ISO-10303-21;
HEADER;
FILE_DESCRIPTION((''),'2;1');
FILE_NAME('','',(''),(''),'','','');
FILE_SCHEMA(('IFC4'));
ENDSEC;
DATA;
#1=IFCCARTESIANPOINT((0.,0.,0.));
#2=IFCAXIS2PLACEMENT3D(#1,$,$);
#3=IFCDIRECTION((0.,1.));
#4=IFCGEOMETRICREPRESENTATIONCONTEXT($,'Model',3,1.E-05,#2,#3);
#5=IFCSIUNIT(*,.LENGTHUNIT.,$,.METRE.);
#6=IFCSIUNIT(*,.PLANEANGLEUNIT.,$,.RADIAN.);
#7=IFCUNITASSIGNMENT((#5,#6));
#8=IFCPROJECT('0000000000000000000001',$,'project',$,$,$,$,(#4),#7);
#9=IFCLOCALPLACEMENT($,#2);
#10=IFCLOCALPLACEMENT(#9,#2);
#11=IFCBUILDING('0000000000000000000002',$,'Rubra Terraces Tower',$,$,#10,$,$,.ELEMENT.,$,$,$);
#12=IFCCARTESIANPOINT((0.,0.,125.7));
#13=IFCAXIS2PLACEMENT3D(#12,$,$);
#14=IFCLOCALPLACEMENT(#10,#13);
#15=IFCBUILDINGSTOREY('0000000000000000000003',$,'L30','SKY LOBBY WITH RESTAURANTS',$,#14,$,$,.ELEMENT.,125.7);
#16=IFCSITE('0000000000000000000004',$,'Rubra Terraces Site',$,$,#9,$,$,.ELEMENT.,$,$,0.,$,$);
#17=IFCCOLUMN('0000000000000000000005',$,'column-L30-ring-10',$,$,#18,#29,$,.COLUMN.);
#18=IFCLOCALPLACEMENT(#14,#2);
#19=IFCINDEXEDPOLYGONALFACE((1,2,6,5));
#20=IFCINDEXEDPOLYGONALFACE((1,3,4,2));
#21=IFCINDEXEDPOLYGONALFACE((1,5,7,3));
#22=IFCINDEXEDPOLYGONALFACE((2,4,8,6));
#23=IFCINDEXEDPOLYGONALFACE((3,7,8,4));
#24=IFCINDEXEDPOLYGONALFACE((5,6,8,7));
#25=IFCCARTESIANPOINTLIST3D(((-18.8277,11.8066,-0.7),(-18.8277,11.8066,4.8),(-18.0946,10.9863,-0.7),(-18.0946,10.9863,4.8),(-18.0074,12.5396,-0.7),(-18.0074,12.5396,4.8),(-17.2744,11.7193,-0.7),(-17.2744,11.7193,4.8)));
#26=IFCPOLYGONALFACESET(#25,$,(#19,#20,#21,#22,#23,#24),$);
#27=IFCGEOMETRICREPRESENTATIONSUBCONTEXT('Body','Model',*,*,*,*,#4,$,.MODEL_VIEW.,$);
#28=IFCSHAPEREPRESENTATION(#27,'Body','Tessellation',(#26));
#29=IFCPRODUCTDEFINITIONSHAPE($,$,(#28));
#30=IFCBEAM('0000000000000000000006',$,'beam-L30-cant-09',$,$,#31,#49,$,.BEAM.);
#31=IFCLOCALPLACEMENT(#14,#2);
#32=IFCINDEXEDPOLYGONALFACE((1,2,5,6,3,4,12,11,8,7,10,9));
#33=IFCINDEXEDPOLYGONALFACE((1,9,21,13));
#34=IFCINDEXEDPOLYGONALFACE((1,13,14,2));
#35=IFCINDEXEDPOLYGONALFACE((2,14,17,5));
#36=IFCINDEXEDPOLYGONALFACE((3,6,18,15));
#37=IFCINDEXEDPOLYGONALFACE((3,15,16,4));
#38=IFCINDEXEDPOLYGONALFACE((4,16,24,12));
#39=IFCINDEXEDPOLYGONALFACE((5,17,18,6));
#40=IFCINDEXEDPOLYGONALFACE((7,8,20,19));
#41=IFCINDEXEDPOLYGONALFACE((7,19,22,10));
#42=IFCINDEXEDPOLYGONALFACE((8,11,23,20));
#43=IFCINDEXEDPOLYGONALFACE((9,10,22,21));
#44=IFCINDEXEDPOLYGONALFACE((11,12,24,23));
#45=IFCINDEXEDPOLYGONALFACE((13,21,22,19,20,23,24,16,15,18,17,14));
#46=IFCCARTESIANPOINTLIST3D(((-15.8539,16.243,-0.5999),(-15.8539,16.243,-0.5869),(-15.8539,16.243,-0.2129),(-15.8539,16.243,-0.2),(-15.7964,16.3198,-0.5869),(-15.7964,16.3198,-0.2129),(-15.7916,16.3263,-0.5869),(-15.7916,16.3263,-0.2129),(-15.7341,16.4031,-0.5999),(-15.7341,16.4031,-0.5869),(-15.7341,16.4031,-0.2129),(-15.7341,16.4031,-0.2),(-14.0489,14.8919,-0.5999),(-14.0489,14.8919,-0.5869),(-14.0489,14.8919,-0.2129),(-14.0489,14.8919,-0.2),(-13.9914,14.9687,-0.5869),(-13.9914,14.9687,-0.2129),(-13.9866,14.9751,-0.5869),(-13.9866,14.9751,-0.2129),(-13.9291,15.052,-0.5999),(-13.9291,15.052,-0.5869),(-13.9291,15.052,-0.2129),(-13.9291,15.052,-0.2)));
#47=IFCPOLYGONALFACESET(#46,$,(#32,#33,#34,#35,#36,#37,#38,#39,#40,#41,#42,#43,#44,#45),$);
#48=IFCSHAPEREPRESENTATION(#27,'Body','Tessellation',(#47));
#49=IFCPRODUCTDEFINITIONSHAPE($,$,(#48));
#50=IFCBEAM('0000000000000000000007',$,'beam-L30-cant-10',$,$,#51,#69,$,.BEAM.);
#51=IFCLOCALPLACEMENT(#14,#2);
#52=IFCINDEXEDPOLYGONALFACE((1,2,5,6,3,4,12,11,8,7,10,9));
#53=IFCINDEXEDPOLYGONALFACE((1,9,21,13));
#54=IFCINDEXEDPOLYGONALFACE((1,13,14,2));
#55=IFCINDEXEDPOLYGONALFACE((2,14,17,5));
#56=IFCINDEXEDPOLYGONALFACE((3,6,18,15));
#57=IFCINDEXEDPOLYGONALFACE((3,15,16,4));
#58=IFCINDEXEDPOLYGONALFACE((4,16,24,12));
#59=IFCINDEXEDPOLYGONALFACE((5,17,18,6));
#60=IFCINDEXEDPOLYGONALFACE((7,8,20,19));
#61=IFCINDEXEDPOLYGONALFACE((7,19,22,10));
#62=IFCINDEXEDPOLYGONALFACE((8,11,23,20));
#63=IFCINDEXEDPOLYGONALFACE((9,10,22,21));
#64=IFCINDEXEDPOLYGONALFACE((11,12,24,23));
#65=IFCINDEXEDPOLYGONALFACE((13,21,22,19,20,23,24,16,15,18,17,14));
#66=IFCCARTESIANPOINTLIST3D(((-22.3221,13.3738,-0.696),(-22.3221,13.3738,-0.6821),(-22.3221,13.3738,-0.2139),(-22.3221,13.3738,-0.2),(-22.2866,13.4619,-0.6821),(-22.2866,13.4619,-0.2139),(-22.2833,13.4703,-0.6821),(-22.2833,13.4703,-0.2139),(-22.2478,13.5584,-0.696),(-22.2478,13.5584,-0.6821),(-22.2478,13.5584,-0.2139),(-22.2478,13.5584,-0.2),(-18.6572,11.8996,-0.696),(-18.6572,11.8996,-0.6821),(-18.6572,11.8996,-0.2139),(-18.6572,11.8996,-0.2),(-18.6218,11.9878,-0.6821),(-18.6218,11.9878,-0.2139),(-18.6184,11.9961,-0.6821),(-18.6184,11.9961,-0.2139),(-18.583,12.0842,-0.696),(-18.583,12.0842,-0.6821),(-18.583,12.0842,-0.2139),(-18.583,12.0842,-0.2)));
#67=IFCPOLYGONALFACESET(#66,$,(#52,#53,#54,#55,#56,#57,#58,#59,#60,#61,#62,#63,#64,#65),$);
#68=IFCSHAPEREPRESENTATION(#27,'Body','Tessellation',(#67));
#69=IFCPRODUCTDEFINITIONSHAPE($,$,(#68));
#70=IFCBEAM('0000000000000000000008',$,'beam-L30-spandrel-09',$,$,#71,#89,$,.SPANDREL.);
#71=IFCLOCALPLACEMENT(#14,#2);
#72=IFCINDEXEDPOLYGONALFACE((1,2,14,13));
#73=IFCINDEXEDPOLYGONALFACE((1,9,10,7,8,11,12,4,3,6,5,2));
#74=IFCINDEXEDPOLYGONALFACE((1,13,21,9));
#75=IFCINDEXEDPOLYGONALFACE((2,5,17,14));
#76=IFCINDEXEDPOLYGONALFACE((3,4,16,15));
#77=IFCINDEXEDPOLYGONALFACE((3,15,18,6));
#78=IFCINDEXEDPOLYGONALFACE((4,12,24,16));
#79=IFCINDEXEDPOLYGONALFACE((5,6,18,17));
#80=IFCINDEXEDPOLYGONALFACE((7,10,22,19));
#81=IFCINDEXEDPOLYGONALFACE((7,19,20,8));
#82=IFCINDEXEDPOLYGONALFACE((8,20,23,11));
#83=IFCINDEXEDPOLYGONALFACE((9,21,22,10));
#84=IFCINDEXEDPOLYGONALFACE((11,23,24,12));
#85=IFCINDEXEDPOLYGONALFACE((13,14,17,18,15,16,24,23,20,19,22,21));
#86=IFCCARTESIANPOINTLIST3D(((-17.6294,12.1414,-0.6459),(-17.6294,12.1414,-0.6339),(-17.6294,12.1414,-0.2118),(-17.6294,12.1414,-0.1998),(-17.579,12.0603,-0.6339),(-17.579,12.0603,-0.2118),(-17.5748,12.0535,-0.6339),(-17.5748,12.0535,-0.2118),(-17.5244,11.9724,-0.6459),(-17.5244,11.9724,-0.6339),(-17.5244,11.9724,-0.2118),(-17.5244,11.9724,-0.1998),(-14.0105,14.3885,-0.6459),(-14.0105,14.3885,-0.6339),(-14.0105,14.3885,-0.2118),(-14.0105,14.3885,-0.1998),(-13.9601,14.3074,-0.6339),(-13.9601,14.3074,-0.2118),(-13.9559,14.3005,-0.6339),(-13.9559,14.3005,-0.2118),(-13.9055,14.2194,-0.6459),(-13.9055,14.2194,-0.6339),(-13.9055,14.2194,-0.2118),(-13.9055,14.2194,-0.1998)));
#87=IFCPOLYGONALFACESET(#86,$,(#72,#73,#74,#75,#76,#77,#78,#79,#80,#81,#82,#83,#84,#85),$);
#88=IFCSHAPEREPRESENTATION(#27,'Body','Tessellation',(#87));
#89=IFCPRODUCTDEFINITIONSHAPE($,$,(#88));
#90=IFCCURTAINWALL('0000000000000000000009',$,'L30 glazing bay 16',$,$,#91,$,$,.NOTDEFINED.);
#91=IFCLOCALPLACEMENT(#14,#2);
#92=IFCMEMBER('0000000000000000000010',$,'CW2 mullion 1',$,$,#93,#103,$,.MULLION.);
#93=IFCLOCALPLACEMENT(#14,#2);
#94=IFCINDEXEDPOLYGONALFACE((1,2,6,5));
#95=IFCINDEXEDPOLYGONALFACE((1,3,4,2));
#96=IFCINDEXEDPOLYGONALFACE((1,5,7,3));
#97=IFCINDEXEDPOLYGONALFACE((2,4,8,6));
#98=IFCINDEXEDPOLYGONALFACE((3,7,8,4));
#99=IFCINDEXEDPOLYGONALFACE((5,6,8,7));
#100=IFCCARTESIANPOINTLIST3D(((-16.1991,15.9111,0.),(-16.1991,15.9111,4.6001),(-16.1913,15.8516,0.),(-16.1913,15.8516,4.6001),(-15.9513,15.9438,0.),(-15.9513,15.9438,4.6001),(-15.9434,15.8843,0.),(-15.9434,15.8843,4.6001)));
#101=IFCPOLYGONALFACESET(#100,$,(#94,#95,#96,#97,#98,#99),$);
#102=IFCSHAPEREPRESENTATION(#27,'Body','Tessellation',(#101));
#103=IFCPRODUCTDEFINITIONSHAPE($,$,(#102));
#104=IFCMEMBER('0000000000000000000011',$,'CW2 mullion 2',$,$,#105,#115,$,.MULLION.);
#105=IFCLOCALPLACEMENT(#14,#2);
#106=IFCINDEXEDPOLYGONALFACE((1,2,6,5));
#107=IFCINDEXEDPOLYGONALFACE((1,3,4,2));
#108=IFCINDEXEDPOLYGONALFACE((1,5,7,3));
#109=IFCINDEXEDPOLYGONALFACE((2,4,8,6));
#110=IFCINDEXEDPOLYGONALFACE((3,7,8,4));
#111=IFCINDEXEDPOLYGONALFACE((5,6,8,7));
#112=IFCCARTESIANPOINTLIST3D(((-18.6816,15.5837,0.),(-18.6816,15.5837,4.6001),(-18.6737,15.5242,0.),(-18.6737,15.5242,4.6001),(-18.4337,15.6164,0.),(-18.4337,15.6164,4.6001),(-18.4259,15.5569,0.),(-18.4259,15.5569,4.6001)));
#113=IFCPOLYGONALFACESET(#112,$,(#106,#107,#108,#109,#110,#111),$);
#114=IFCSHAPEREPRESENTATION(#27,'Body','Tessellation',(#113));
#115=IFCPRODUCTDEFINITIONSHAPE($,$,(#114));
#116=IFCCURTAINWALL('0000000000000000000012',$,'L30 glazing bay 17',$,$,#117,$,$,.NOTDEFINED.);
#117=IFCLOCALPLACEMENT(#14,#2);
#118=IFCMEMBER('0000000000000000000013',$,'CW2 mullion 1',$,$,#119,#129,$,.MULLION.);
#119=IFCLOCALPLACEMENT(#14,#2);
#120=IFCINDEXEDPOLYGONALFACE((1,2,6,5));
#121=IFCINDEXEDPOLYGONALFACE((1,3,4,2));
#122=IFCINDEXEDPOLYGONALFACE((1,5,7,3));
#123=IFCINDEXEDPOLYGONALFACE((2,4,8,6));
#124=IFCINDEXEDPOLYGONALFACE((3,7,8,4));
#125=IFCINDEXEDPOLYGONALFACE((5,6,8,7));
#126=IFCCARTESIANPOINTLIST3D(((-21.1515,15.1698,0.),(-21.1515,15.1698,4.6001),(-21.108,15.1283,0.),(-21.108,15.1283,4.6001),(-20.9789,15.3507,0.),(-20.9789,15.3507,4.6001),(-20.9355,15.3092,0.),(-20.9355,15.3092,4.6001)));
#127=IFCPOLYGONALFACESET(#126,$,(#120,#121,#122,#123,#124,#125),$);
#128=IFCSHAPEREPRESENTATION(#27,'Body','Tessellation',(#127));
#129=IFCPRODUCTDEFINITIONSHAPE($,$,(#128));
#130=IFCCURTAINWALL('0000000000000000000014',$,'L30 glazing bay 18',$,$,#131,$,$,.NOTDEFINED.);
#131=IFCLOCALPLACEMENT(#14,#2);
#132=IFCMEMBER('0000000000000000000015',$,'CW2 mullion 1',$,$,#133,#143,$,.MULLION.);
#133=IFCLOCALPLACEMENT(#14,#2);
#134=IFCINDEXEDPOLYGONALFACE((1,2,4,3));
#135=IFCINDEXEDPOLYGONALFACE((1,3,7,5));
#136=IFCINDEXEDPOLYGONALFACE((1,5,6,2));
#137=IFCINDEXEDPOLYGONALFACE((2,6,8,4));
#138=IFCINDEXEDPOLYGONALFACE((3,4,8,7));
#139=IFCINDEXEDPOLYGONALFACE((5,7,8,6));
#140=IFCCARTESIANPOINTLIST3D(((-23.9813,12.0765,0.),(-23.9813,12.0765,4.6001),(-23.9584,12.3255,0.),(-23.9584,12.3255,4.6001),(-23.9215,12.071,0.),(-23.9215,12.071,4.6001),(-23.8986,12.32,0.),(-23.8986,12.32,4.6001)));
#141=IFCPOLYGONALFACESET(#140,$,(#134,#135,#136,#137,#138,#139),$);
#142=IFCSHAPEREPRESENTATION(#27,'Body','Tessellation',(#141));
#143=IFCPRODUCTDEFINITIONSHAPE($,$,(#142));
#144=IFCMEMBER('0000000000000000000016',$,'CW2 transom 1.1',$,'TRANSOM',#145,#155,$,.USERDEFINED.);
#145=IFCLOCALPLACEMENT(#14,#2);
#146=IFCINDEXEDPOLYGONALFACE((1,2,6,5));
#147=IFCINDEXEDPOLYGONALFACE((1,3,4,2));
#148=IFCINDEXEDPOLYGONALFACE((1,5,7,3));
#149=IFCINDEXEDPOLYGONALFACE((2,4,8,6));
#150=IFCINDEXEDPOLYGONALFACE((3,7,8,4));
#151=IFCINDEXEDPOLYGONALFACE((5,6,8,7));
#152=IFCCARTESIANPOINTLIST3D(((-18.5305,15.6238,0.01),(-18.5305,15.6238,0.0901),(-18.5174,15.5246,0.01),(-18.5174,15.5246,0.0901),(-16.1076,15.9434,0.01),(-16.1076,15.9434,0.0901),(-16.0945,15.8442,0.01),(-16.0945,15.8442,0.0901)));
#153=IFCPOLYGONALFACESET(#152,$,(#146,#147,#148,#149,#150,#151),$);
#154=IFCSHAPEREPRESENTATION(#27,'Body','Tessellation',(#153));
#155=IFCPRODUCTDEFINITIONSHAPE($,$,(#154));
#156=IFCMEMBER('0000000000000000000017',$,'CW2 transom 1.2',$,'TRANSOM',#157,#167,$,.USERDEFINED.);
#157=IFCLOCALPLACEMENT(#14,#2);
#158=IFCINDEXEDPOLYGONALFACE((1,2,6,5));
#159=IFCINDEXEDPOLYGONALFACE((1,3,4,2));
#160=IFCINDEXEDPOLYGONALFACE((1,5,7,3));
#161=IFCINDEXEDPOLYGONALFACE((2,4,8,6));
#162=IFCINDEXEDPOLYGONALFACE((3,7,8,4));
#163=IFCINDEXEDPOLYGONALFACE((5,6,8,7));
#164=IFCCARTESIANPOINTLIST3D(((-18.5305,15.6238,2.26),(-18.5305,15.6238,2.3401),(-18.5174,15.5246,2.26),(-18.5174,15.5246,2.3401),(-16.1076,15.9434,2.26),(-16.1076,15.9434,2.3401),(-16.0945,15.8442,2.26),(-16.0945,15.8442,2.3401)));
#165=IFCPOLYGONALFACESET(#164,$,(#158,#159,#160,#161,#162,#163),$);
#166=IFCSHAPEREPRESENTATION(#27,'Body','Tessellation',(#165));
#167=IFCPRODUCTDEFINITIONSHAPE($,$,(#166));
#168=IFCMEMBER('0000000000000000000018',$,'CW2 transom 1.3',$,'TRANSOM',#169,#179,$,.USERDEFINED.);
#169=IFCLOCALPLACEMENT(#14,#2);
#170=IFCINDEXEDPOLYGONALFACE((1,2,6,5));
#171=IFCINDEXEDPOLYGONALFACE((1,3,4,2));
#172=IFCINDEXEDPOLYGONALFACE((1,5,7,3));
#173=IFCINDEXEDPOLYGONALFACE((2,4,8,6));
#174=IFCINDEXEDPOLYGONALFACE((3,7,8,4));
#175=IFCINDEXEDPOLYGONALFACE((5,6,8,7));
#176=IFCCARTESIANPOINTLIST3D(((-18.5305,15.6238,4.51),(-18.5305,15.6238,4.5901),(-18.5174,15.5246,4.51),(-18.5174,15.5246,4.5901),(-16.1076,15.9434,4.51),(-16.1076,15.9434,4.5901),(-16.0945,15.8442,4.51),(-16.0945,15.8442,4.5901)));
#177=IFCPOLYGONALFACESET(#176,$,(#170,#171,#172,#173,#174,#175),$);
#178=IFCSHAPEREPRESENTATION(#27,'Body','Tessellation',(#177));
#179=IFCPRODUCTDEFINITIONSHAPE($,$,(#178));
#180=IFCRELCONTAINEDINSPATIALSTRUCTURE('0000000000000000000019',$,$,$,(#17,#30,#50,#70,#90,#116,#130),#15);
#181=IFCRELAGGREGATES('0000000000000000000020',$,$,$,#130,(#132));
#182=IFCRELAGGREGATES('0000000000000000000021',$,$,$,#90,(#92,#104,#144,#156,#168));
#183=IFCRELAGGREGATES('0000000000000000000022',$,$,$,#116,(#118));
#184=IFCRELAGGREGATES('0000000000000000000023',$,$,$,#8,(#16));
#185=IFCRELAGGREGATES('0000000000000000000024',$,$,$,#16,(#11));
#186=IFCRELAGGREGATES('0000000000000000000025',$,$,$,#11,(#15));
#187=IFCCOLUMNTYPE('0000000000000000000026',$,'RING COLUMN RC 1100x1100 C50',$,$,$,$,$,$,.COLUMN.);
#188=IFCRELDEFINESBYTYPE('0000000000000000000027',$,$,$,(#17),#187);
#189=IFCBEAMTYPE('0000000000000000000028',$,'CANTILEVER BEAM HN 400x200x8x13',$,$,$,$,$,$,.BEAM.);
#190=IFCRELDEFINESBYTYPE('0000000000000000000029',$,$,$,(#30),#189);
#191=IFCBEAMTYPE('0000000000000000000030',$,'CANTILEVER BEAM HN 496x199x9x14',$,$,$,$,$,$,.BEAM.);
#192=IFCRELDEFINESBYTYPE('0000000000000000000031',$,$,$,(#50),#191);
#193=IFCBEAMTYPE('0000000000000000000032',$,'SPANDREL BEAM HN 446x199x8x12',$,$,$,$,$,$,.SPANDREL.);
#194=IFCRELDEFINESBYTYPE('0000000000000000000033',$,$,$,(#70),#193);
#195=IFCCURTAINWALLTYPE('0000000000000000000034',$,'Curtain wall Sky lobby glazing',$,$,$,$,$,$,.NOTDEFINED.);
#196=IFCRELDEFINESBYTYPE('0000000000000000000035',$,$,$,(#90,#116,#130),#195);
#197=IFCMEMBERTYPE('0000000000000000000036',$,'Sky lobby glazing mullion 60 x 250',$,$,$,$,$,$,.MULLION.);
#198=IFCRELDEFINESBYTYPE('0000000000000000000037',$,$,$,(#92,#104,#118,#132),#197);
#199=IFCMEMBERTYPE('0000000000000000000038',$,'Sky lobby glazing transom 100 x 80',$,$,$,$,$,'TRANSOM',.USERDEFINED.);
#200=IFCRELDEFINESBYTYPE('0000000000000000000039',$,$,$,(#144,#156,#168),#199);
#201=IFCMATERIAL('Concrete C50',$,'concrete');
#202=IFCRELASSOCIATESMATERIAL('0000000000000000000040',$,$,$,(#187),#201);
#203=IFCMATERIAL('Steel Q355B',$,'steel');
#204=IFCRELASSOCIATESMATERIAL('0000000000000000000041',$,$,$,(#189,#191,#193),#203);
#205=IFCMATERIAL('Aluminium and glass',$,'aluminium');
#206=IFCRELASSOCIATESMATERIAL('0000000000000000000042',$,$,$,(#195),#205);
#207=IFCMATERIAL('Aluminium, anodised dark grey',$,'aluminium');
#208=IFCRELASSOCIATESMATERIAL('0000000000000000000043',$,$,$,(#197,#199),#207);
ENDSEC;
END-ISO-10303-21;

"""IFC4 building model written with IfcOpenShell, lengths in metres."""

from ifc_helpers import new_model, si_unit, direction, frame, origin, origin_2d, place, context, subcontext, project, spatial, rectangle, i_section, extrude, material, material_profile, profile_set, type_object, element, aggregate, save


model = new_model("IFC4")

# Units and contexts
model_context = context("Model", 3, precision=1e-05, world=origin(), true_north=direction((0.0, 1.0)))
body_context = subcontext(model_context, "Body", "Model", "MODEL_VIEW")
ifc_project = project(units=[si_unit("LENGTHUNIT", "METRE"), si_unit("PLANEANGLEUNIT", "RADIAN")], contexts=[model_context])

# Site, building, storey
site_placement = place(None, origin())
site = spatial("IfcSite", under=ifc_project, at=site_placement, Name="Rubra Terraces Site", CompositionType="ELEMENT", RefElevation=0.0)
building_placement = place(site_placement, origin())
building = spatial("IfcBuilding", under=site, at=building_placement, Name="Rubra Terraces Tower", CompositionType="ELEMENT")
storey_placement = place(building_placement, frame((0.0, 0.0, 125.7)))
storey = spatial("IfcBuildingStorey", under=building, at=storey_placement, Name="L30", Description="SKY LOBBY WITH RESTAURANTS", CompositionType="ELEMENT", Elevation=125.7)

# Column
ifc_material_1 = material(Name="Concrete C50", Category="concrete")
ifc_material_profile_1 = material_profile(ifc_material_1, rectangle(XDim=1.1001, YDim=1.1001, at=origin_2d()), Name="RC 1100x1100")
ifc_profile_set_1 = profile_set([ifc_material_profile_1], Name="Concrete C50")
column_type = type_object("IfcColumnType", Name="RING COLUMN RC 1100x1100 C50", PredefinedType="COLUMN", material=ifc_profile_set_1)
column_placement = place(storey_placement, frame((-18.051, 11.7629, -0.7), z_axis=(0.0, 0.0, 1.0), x_axis=(-0.745642, -0.666347, 0.0)))
element("IfcColumn", 1, at=column_placement, inside=storey, type_object=column_type, Name="column-L30-ring-10", PredefinedType="COLUMN", context=body_context, shape_type="SweptSolid", body=[
    extrude(rectangle(XDim=1.1001, YDim=1.1001, at=origin_2d()), origin(), (0.0, 0.0, 1.0), 5.5),
])

# Beams
ifc_material_2 = material(Name="Steel Q355B", Category="steel")
ifc_material_profile_2 = material_profile(ifc_material_2, i_section(OverallWidth=0.2, OverallDepth=0.3999, WebThickness=0.0081, FlangeThickness=0.0129, at=origin_2d()), Name="HN 400x200x8x13")
ifc_profile_set_2 = profile_set([ifc_material_profile_2], Name="Steel Q355B")
beam_type_1 = type_object("IfcBeamType", Name="CANTILEVER BEAM HN 400x200x8x13", PredefinedType="BEAM", material=ifc_profile_set_2)
beam_1_placement = place(storey_placement, frame((-13.989, 14.9719, -0.3999), z_axis=(-0.800558, 0.599255, 0.0), x_axis=(-0.599255, -0.800558, 0.0)))
element("IfcBeam", 2, at=beam_1_placement, inside=storey, type_object=beam_type_1, Name="beam-L30-cant-09", PredefinedType="BEAM", context=body_context, shape_type="SweptSolid", body=[
    extrude(i_section(OverallWidth=0.2, OverallDepth=0.3999, WebThickness=0.0081, FlangeThickness=0.0129, at=origin_2d()), origin(), (0.0, 0.0, 1.0), 2.2546),
])
ifc_material_profile_3 = material_profile(ifc_material_2, i_section(OverallWidth=0.199, OverallDepth=0.4961, WebThickness=0.009, FlangeThickness=0.0139, at=origin_2d()), Name="HN 496x199x9x14")
ifc_profile_set_3 = profile_set([ifc_material_profile_3], Name="Steel Q355B")
beam_type_2 = type_object("IfcBeamType", Name="CANTILEVER BEAM HN 496x199x9x14", PredefinedType="BEAM", material=ifc_profile_set_3)
beam_2_placement = place(storey_placement, frame((-18.6201, 11.9919, -0.448), z_axis=(-0.927759, 0.37318, 0.0), x_axis=(-0.37318, -0.927759, 0.0)))
element("IfcBeam", 3, at=beam_2_placement, inside=storey, type_object=beam_type_2, Name="beam-L30-cant-10", PredefinedType="BEAM", context=body_context, shape_type="SweptSolid", body=[
    extrude(i_section(OverallWidth=0.199, OverallDepth=0.4961, WebThickness=0.009, FlangeThickness=0.0139, at=origin_2d()), origin(), (0.0, 0.0, 1.0), 3.9502),
])
ifc_material_profile_4 = material_profile(ifc_material_2, i_section(OverallWidth=0.199, OverallDepth=0.446, WebThickness=0.0081, FlangeThickness=0.012, at=origin_2d()), Name="HN 446x199x8x12")
ifc_profile_set_4 = profile_set([ifc_material_profile_4], Name="Steel Q355B")
beam_type_3 = type_object("IfcBeamType", Name="SPANDREL BEAM HN 446x199x8x12", PredefinedType="SPANDREL", material=ifc_profile_set_4)
beam_3_placement = place(storey_placement, frame((-13.958, 14.304, -0.4229), z_axis=(-0.84955, -0.527508, 0.0), x_axis=(0.527508, -0.84955, 0.0)))
element("IfcBeam", 4, at=beam_3_placement, inside=storey, type_object=beam_type_3, Name="beam-L30-spandrel-09", PredefinedType="SPANDREL", context=body_context, shape_type="SweptSolid", body=[
    extrude(i_section(OverallWidth=0.199, OverallDepth=0.446, WebThickness=0.0081, FlangeThickness=0.012, at=origin_2d()), origin(), (0.0, 0.0, 1.0), 4.2598),
])

# Curtain wall, members
ifc_material_3 = material(Name="Aluminium and glass", Category="aluminium")
curtain_wall_type = type_object("IfcCurtainWallType", Name="Curtain wall Sky lobby glazing", PredefinedType="NOTDEFINED", material=ifc_material_3)
curtain_wall_1_placement = place(storey_placement, origin())
curtain_wall_1 = element("IfcCurtainWall", 5, at=curtain_wall_1_placement, inside=storey, type_object=curtain_wall_type, Name="L30 glazing bay 16", PredefinedType="NOTDEFINED")
ifc_material_4 = material(Name="Aluminium, anodised dark grey", Category="aluminium")
ifc_material_profile_5 = material_profile(ifc_material_4, rectangle(XDim=0.0601, YDim=0.25, at=origin_2d()), Name="AL 60x250")
ifc_profile_set_5 = profile_set([ifc_material_profile_5], Name="Aluminium, anodised dark grey")
member_type_1 = type_object("IfcMemberType", Name="Sky lobby glazing mullion 60 x 250", PredefinedType="MULLION", material=ifc_profile_set_5)
member_1_placement = place(storey_placement, frame((-16.0713, 15.8977, 0.0), z_axis=(0.0, 0.0, 1.0), x_axis=(0.130803, -0.991408, 0.0)))
member_1 = element("IfcMember", 6, at=member_1_placement, type_object=member_type_1, Name="CW2 mullion 1", PredefinedType="MULLION", context=body_context, shape_type="SweptSolid", body=[
    extrude(rectangle(XDim=0.0601, YDim=0.25, at=origin_2d()), origin(), (0.0, 0.0, 1.0), 4.6001),
])
member_2_placement = place(storey_placement, frame((-18.5537, 15.5703, 0.0), z_axis=(0.0, 0.0, 1.0), x_axis=(0.130803, -0.991408, 0.0)))
member_2 = element("IfcMember", 7, at=member_2_placement, type_object=member_type_1, Name="CW2 mullion 2", PredefinedType="MULLION", context=body_context, shape_type="SweptSolid", body=[
    extrude(rectangle(XDim=0.0601, YDim=0.25, at=origin_2d()), origin(), (0.0, 0.0, 1.0), 4.6001),
])

# Curtain walls, members
curtain_wall_2_placement = place(storey_placement, origin())
curtain_wall_2 = element("IfcCurtainWall", 8, at=curtain_wall_2_placement, inside=storey, type_object=curtain_wall_type, Name="L30 glazing bay 17", PredefinedType="NOTDEFINED")
member_3_placement = place(storey_placement, frame((-21.0435, 15.2395, 0.0), z_axis=(0.0, 0.0, 1.0), x_axis=(0.723718, -0.690095, 0.0)))
member_3 = element("IfcMember", 9, at=member_3_placement, type_object=member_type_1, Name="CW2 mullion 1", PredefinedType="MULLION", context=body_context, shape_type="SweptSolid", body=[
    extrude(rectangle(XDim=0.0601, YDim=0.25, at=origin_2d()), origin(), (0.0, 0.0, 1.0), 4.6001),
])
curtain_wall_3_placement = place(storey_placement, origin())
curtain_wall_3 = element("IfcCurtainWall", 10, at=curtain_wall_3_placement, inside=storey, type_object=curtain_wall_type, Name="L30 glazing bay 18", PredefinedType="NOTDEFINED")
member_4_placement = place(storey_placement, frame((-23.9399, 12.1982, 0.0), z_axis=(0.0, 0.0, 1.0), x_axis=(0.995772, -0.091862, 0.0)))
member_4 = element("IfcMember", 11, at=member_4_placement, type_object=member_type_1, Name="CW2 mullion 1", PredefinedType="MULLION", context=body_context, shape_type="SweptSolid", body=[
    extrude(rectangle(XDim=0.0601, YDim=0.25, at=origin_2d()), origin(), (0.0, 0.0, 1.0), 4.6001),
])

# Members
ifc_material_profile_6 = material_profile(ifc_material_4, rectangle(XDim=0.1001, YDim=0.0801, at=origin_2d()), Name="AL 100x80")
ifc_profile_set_6 = profile_set([ifc_material_profile_6], Name="Aluminium, anodised dark grey")
member_type_2 = type_object("IfcMemberType", Name="Sky lobby glazing transom 100 x 80", ElementType="TRANSOM", PredefinedType="USERDEFINED", material=ifc_profile_set_6)
member_5_placement = place(storey_placement, frame((-16.1011, 15.8938, 0.05), z_axis=(-0.991413, -0.13077, 0.0), x_axis=(0.13077, -0.991413, 0.0)))
member_5 = element("IfcMember", 12, at=member_5_placement, type_object=member_type_2, Name="CW2 transom 1.1", ObjectType="TRANSOM", PredefinedType="USERDEFINED", context=body_context, shape_type="SweptSolid", body=[
    extrude(rectangle(XDim=0.1001, YDim=0.0801, at=origin_2d()), origin(), (0.0, 0.0, 1.0), 2.4438),
])
member_6_placement = place(storey_placement, frame((-16.1011, 15.8938, 2.3), z_axis=(-0.991413, -0.13077, 0.0), x_axis=(0.13077, -0.991413, 0.0)))
member_6 = element("IfcMember", 13, at=member_6_placement, type_object=member_type_2, Name="CW2 transom 1.2", ObjectType="TRANSOM", PredefinedType="USERDEFINED", context=body_context, shape_type="SweptSolid", body=[
    extrude(rectangle(XDim=0.1001, YDim=0.0801, at=origin_2d()), origin(), (0.0, 0.0, 1.0), 2.4438),
])
member_7_placement = place(storey_placement, frame((-16.1011, 15.8938, 4.55), z_axis=(-0.991413, -0.13077, 0.0), x_axis=(0.13077, -0.991413, 0.0)))
member_7 = element("IfcMember", 14, at=member_7_placement, type_object=member_type_2, Name="CW2 transom 1.3", ObjectType="TRANSOM", PredefinedType="USERDEFINED", context=body_context, shape_type="SweptSolid", body=[
    extrude(rectangle(XDim=0.1001, YDim=0.0801, at=origin_2d()), origin(), (0.0, 0.0, 1.0), 2.4438),
])
aggregate(curtain_wall_3, [member_4])

aggregate(curtain_wall_1, [member_1, member_2, member_5, member_6, member_7])
aggregate(curtain_wall_2, [member_3])

save(model, "model.ifc")
